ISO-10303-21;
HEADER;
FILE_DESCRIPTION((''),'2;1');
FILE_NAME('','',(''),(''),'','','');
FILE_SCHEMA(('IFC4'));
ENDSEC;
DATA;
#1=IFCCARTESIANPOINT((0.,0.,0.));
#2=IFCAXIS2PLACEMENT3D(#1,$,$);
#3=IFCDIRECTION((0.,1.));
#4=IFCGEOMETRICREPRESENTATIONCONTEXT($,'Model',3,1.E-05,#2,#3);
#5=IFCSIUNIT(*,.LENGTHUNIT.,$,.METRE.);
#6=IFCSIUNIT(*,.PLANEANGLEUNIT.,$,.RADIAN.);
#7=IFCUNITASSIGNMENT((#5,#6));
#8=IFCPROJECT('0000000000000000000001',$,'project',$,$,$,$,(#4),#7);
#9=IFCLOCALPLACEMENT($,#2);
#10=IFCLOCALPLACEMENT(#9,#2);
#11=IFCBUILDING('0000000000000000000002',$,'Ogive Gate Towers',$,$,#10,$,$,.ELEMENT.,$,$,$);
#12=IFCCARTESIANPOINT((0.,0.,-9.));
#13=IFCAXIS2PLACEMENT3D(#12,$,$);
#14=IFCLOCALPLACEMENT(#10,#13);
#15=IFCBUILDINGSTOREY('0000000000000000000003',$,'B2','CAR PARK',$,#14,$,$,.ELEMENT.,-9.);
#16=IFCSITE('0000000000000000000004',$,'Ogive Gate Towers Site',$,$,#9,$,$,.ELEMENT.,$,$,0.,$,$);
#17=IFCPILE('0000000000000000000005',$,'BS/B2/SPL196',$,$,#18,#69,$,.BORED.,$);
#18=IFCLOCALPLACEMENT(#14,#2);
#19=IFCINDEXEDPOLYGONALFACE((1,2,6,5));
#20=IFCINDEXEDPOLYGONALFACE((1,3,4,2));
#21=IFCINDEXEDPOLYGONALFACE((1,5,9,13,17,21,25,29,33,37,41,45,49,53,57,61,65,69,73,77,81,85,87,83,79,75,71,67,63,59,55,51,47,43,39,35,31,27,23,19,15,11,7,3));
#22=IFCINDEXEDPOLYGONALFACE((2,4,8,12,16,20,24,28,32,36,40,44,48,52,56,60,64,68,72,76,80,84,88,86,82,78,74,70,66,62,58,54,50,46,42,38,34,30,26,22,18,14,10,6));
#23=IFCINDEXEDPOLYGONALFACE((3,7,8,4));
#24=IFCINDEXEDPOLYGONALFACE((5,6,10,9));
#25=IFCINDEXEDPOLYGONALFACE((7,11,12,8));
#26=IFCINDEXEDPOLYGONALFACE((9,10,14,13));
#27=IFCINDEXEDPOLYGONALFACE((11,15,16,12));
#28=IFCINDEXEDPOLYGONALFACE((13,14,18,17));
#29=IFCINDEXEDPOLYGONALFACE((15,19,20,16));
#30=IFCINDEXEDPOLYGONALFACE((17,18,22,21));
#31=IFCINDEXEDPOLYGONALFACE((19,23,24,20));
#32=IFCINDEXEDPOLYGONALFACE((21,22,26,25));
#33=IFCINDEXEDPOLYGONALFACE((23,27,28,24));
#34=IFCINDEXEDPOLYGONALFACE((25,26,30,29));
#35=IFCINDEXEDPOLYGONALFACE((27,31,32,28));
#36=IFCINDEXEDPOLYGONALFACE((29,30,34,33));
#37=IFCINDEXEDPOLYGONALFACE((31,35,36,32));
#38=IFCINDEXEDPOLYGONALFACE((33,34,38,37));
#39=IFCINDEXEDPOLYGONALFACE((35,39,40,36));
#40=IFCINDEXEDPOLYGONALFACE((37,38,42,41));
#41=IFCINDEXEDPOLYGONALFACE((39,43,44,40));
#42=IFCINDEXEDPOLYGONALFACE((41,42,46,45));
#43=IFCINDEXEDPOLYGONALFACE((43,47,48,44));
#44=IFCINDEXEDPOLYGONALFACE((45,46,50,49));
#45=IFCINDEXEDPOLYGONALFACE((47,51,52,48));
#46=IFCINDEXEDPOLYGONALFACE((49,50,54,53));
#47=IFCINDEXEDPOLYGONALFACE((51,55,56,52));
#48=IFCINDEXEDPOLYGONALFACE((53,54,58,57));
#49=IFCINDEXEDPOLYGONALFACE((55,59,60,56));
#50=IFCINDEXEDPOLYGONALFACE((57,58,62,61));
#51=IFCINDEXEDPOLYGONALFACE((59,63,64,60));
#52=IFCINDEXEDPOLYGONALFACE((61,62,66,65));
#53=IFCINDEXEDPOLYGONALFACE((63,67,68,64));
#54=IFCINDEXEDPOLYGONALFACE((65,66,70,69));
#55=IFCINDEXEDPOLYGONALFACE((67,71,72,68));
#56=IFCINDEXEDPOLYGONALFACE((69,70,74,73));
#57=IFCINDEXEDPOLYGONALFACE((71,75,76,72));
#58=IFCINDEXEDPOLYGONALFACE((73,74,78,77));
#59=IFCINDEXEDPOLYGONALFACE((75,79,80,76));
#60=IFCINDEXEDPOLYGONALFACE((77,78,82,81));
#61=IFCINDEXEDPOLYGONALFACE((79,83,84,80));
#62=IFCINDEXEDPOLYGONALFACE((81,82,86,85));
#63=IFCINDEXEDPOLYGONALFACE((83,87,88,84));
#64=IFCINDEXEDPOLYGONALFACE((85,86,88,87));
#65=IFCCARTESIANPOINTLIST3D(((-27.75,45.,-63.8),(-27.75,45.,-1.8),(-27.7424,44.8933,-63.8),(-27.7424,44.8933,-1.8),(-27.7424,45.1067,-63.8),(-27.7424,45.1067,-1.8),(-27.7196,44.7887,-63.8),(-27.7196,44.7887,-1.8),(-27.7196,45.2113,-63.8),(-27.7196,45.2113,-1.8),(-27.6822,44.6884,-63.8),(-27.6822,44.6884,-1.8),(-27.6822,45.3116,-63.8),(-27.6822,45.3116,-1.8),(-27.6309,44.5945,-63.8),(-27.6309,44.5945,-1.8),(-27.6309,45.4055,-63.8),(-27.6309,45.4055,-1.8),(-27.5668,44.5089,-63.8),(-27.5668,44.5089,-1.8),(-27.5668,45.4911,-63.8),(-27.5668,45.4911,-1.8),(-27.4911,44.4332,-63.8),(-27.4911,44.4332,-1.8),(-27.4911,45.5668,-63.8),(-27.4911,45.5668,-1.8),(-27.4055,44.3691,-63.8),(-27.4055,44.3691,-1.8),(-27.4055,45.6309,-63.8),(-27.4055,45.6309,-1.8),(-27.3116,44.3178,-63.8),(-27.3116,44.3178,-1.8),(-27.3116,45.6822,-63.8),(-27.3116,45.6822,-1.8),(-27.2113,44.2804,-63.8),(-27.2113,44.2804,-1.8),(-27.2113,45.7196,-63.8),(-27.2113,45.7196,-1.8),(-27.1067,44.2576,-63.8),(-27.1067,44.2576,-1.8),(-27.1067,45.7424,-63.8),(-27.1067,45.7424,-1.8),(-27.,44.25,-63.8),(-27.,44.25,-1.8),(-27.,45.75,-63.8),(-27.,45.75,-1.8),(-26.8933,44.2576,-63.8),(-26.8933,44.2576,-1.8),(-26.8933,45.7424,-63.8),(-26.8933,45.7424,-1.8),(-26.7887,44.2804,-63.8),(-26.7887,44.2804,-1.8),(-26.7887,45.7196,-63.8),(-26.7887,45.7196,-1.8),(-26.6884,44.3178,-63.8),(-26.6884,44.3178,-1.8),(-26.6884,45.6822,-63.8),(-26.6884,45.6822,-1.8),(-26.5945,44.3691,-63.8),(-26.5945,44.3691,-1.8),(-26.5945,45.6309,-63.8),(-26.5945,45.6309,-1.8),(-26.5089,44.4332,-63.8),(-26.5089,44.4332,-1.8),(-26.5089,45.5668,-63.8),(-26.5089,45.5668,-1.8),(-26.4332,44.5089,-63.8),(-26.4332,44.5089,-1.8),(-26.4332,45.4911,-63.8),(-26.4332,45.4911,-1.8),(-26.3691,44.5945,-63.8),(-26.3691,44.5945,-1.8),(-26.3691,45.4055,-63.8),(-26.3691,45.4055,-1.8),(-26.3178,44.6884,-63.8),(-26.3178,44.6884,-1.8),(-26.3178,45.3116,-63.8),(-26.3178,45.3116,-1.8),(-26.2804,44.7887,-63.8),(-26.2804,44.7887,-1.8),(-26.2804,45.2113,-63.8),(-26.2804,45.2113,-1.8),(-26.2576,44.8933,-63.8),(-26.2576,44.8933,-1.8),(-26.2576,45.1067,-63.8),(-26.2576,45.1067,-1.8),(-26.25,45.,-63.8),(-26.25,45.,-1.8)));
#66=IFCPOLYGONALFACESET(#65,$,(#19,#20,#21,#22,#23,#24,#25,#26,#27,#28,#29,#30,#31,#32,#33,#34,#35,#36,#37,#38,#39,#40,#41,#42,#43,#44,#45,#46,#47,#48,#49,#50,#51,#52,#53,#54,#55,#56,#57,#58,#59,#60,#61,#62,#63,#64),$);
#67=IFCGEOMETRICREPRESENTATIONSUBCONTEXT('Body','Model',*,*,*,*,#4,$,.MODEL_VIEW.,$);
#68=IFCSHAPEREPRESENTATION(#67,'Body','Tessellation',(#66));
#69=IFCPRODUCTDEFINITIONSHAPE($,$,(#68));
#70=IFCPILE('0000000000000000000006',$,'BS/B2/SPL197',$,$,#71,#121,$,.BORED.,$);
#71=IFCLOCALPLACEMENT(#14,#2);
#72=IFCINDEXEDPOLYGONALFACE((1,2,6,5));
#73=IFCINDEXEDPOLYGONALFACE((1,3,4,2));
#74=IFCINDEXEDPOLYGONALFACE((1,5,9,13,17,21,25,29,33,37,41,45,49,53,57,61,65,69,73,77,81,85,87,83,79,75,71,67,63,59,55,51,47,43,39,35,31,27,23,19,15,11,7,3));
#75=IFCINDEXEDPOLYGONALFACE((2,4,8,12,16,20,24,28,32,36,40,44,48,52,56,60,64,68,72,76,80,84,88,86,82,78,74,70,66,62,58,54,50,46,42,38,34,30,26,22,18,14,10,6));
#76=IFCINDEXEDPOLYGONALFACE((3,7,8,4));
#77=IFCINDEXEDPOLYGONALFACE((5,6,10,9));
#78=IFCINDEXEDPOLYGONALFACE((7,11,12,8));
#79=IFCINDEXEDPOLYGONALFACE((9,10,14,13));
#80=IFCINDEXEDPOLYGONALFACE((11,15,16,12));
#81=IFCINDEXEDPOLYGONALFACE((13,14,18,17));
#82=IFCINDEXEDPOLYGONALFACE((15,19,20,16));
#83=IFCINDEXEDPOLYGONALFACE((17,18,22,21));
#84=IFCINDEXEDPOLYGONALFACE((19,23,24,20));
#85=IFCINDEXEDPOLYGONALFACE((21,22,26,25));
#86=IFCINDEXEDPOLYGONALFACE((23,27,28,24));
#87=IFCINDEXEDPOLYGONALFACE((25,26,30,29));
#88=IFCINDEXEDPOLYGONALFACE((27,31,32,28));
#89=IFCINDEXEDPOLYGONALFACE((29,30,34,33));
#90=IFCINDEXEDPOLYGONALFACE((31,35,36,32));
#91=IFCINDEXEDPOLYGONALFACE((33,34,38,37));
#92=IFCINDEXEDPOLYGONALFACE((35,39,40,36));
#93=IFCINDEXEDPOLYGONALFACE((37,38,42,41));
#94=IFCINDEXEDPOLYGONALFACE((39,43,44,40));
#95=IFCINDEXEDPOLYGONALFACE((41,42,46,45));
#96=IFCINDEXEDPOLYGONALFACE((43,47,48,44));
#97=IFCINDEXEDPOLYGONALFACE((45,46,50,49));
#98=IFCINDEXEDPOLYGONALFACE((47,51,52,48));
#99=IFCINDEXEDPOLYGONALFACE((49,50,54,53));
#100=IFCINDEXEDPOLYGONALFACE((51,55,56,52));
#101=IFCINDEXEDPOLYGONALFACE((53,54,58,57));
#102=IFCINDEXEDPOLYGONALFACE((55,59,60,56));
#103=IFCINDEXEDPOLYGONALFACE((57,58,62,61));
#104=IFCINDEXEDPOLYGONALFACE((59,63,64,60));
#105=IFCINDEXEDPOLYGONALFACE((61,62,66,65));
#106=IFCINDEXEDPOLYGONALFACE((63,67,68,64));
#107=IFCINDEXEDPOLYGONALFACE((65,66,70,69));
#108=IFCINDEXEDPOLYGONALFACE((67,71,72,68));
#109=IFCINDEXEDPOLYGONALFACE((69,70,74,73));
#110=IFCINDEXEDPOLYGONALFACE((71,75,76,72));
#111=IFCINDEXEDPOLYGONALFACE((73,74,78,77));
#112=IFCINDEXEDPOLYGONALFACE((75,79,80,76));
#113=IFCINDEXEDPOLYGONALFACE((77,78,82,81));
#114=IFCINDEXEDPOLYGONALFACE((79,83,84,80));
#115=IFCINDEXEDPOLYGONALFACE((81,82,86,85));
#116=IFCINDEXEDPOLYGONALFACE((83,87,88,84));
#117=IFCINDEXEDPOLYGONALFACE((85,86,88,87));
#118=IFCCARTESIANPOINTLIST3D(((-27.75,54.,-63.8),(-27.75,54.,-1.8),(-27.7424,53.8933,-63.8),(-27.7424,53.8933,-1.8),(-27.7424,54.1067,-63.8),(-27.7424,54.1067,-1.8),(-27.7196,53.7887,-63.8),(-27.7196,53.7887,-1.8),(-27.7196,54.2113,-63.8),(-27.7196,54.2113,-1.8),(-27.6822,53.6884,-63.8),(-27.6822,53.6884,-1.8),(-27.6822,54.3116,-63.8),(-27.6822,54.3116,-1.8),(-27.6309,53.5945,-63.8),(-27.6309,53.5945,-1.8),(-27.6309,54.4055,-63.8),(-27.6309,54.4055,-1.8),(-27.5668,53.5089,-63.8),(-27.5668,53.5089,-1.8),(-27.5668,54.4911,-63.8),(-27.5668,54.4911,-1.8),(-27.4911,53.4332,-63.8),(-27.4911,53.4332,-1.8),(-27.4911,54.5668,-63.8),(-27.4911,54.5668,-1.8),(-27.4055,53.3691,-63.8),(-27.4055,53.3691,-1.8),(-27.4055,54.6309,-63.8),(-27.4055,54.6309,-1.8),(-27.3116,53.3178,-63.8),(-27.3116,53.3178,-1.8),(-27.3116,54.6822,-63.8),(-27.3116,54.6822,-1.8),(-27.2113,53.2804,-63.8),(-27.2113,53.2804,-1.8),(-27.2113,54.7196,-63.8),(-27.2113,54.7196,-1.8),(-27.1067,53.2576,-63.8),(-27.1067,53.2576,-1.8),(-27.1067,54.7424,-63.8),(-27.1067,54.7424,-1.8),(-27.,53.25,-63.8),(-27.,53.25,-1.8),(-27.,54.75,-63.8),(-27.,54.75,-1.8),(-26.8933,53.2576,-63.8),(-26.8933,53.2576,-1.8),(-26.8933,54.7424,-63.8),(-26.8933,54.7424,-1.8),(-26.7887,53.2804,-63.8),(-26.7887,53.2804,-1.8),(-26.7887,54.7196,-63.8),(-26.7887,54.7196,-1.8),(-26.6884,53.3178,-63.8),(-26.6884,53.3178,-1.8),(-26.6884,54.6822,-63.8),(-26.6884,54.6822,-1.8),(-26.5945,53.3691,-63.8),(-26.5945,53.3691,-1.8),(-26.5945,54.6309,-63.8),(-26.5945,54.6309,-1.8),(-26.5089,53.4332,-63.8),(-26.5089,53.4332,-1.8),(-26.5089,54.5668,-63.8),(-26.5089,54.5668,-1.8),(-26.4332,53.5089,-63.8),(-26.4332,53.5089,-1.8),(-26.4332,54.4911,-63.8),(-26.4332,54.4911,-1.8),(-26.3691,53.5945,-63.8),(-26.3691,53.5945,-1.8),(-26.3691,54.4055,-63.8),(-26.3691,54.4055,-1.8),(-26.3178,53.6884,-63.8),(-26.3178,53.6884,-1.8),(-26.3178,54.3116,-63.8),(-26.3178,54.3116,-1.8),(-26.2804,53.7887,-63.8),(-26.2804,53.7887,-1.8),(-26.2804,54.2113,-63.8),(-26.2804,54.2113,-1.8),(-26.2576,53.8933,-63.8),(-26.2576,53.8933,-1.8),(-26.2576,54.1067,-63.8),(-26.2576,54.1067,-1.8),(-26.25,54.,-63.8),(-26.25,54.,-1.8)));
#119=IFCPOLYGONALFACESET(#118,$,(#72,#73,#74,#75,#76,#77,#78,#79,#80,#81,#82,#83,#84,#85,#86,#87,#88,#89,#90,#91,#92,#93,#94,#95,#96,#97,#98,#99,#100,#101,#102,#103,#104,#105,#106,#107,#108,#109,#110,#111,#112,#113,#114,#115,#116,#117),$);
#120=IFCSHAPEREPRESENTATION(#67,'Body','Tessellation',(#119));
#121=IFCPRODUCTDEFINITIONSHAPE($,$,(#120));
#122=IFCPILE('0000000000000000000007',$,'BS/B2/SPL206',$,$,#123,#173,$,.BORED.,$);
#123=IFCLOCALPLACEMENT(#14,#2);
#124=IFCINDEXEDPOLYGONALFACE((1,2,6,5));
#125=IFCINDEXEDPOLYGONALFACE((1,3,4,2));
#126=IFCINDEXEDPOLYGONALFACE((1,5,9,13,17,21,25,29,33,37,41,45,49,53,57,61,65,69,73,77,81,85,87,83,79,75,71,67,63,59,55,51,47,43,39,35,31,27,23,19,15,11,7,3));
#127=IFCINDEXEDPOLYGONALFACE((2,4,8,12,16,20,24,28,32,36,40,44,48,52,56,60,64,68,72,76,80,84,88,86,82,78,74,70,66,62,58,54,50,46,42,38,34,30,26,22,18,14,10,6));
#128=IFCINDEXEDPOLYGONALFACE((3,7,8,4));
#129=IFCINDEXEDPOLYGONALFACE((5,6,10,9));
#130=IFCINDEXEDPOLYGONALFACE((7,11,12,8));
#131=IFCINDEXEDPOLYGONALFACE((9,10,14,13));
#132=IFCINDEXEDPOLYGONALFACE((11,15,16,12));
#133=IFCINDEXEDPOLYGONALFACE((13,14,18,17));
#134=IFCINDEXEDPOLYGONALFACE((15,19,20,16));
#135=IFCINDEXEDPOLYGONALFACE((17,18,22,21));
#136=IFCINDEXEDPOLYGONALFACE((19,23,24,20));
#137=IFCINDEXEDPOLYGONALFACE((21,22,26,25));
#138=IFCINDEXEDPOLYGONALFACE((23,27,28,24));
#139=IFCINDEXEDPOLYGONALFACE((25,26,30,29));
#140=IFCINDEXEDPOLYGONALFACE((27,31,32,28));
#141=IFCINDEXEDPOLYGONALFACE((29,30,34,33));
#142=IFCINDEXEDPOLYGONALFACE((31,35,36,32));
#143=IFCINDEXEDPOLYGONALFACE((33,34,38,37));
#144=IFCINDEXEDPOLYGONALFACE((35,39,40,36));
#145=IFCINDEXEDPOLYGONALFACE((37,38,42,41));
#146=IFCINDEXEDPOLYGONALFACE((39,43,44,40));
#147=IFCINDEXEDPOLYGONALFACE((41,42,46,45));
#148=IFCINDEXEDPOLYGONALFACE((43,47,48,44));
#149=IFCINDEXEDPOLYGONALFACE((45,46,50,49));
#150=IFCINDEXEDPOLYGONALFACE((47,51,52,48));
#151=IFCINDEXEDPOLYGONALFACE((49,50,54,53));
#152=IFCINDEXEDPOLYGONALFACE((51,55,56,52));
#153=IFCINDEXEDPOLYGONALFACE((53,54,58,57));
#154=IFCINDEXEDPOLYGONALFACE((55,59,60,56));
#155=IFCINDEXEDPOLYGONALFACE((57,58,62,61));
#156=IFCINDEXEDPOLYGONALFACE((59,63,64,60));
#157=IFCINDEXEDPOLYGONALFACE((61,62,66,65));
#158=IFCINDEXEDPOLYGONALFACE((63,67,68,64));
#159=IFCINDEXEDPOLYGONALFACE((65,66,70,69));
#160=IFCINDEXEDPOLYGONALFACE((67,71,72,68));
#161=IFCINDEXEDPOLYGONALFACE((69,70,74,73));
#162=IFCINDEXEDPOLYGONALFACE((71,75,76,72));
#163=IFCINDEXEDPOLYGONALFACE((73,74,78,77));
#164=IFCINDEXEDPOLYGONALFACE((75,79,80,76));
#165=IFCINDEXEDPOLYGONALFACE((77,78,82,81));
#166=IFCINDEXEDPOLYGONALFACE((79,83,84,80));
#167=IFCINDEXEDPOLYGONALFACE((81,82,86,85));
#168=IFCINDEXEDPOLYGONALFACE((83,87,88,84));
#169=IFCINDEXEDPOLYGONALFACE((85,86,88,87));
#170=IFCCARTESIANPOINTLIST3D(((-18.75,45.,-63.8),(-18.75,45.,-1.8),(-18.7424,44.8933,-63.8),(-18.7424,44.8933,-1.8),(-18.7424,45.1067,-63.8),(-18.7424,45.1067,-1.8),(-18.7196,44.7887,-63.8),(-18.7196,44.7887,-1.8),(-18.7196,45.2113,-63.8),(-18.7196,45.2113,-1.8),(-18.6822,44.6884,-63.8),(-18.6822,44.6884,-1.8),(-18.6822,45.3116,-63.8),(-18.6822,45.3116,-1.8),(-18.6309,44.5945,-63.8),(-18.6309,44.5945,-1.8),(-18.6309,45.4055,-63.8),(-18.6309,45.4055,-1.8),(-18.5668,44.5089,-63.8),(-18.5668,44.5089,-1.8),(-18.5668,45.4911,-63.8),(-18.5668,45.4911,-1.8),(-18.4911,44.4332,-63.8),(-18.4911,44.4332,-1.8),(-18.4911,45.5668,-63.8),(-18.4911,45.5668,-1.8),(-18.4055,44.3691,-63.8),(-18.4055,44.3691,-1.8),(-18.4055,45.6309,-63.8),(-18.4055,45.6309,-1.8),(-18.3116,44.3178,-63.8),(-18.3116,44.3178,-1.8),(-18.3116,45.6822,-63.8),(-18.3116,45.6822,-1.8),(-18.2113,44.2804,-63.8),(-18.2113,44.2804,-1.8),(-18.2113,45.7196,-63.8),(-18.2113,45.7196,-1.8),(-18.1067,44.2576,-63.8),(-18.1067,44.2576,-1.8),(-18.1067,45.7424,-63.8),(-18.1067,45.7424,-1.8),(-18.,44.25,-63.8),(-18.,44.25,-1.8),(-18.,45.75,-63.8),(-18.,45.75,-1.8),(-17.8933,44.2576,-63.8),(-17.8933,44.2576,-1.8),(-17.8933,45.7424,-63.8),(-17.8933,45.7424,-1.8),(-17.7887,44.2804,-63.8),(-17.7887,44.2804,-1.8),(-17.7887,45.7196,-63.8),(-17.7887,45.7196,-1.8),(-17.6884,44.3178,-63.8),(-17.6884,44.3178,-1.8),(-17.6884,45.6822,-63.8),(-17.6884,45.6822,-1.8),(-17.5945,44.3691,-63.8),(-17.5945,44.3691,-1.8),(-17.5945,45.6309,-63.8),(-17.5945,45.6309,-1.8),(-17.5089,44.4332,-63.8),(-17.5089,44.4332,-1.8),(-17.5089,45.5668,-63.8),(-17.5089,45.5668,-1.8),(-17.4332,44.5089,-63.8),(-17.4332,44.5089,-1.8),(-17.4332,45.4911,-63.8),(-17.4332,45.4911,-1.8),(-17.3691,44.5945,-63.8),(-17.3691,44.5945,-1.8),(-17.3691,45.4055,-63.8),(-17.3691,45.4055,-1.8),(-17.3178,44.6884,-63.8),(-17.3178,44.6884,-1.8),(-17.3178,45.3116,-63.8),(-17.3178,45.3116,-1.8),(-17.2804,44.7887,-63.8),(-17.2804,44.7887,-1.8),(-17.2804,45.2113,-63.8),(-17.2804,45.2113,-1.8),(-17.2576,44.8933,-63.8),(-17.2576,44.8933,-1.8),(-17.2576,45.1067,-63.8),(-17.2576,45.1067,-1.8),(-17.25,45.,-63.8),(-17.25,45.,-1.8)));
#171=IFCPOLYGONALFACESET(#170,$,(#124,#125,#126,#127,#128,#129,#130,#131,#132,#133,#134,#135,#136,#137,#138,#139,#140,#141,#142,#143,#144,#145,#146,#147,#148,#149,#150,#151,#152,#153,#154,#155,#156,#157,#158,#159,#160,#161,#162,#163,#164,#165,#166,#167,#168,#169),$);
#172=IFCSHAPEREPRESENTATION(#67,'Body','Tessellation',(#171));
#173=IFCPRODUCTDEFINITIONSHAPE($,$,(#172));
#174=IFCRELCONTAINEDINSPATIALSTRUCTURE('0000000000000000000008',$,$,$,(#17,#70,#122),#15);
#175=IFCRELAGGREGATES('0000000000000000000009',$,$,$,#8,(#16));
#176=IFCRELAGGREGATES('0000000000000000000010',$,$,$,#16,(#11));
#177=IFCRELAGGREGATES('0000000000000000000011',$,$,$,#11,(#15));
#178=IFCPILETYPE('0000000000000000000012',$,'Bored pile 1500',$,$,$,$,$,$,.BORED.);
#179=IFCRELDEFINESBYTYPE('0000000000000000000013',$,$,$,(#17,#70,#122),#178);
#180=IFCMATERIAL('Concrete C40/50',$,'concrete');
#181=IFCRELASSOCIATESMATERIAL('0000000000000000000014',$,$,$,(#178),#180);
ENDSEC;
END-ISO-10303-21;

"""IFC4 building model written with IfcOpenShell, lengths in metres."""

from ifc_helpers import new_model, si_unit, direction, frame, origin, origin_2d, place, context, subcontext, project, spatial, circle, extrude, material, material_profile, profile_set, type_object, element, save


model = new_model("IFC4")

# Units and contexts
model_context = context("Model", 3, precision=1e-05, world=origin(), true_north=direction((0.0, 1.0)))
body_context = subcontext(model_context, "Body", "Model", "MODEL_VIEW")
ifc_project = project(units=[si_unit("LENGTHUNIT", "METRE"), si_unit("PLANEANGLEUNIT", "RADIAN")], contexts=[model_context])

# Site, building, storey
site_placement = place(None, origin())
site = spatial("IfcSite", under=ifc_project, at=site_placement, Name="Ogive Gate Towers Site", CompositionType="ELEMENT", RefElevation=0.0)
building_placement = place(site_placement, origin())
building = spatial("IfcBuilding", under=site, at=building_placement, Name="Ogive Gate Towers", CompositionType="ELEMENT")
storey_placement = place(building_placement, frame((0.0, 0.0, -9.0)))
storey = spatial("IfcBuildingStorey", under=building, at=storey_placement, Name="B2", Description="CAR PARK", CompositionType="ELEMENT", Elevation=-9.0)

# Piles
ifc_material_1 = material(Name="Concrete C40/50", Category="concrete")
ifc_material_profile_1 = material_profile(ifc_material_1, circle(Radius=0.75, at=origin_2d()), Name="BP 1500")
ifc_profile_set_1 = profile_set([ifc_material_profile_1], Name="Concrete C40/50")
pile_type = type_object("IfcPileType", Name="Bored pile 1500", PredefinedType="BORED", material=ifc_profile_set_1)
for number, where, z_axis, x_axis, name in (
    (1, (-27.0, 45.0, -1.8), (0.0, 0.0, -1.0), (1.0, 0.0, 0.0), "BS/B2/SPL196"),
    (2, (-27.0, 54.0, -1.8), (0.0, 0.0, -1.0), (1.0, 0.0, 0.0), "BS/B2/SPL197"),
    (3, (-18.0, 45.0, -1.8), (0.0, 0.0, -1.0), (1.0, 0.0, 0.0), "BS/B2/SPL206"),
):
    element("IfcPile", number, at=place(storey_placement, frame(where, z_axis=z_axis, x_axis=x_axis)), inside=storey, type_object=pile_type, Name=name, PredefinedType="BORED", context=body_context, shape_type="SweptSolid", body=[
        extrude(circle(Radius=0.75, at=origin_2d()), origin(), (0.0, 0.0, 1.0), 62.0),
    ])

save(model, "model.ifc")
